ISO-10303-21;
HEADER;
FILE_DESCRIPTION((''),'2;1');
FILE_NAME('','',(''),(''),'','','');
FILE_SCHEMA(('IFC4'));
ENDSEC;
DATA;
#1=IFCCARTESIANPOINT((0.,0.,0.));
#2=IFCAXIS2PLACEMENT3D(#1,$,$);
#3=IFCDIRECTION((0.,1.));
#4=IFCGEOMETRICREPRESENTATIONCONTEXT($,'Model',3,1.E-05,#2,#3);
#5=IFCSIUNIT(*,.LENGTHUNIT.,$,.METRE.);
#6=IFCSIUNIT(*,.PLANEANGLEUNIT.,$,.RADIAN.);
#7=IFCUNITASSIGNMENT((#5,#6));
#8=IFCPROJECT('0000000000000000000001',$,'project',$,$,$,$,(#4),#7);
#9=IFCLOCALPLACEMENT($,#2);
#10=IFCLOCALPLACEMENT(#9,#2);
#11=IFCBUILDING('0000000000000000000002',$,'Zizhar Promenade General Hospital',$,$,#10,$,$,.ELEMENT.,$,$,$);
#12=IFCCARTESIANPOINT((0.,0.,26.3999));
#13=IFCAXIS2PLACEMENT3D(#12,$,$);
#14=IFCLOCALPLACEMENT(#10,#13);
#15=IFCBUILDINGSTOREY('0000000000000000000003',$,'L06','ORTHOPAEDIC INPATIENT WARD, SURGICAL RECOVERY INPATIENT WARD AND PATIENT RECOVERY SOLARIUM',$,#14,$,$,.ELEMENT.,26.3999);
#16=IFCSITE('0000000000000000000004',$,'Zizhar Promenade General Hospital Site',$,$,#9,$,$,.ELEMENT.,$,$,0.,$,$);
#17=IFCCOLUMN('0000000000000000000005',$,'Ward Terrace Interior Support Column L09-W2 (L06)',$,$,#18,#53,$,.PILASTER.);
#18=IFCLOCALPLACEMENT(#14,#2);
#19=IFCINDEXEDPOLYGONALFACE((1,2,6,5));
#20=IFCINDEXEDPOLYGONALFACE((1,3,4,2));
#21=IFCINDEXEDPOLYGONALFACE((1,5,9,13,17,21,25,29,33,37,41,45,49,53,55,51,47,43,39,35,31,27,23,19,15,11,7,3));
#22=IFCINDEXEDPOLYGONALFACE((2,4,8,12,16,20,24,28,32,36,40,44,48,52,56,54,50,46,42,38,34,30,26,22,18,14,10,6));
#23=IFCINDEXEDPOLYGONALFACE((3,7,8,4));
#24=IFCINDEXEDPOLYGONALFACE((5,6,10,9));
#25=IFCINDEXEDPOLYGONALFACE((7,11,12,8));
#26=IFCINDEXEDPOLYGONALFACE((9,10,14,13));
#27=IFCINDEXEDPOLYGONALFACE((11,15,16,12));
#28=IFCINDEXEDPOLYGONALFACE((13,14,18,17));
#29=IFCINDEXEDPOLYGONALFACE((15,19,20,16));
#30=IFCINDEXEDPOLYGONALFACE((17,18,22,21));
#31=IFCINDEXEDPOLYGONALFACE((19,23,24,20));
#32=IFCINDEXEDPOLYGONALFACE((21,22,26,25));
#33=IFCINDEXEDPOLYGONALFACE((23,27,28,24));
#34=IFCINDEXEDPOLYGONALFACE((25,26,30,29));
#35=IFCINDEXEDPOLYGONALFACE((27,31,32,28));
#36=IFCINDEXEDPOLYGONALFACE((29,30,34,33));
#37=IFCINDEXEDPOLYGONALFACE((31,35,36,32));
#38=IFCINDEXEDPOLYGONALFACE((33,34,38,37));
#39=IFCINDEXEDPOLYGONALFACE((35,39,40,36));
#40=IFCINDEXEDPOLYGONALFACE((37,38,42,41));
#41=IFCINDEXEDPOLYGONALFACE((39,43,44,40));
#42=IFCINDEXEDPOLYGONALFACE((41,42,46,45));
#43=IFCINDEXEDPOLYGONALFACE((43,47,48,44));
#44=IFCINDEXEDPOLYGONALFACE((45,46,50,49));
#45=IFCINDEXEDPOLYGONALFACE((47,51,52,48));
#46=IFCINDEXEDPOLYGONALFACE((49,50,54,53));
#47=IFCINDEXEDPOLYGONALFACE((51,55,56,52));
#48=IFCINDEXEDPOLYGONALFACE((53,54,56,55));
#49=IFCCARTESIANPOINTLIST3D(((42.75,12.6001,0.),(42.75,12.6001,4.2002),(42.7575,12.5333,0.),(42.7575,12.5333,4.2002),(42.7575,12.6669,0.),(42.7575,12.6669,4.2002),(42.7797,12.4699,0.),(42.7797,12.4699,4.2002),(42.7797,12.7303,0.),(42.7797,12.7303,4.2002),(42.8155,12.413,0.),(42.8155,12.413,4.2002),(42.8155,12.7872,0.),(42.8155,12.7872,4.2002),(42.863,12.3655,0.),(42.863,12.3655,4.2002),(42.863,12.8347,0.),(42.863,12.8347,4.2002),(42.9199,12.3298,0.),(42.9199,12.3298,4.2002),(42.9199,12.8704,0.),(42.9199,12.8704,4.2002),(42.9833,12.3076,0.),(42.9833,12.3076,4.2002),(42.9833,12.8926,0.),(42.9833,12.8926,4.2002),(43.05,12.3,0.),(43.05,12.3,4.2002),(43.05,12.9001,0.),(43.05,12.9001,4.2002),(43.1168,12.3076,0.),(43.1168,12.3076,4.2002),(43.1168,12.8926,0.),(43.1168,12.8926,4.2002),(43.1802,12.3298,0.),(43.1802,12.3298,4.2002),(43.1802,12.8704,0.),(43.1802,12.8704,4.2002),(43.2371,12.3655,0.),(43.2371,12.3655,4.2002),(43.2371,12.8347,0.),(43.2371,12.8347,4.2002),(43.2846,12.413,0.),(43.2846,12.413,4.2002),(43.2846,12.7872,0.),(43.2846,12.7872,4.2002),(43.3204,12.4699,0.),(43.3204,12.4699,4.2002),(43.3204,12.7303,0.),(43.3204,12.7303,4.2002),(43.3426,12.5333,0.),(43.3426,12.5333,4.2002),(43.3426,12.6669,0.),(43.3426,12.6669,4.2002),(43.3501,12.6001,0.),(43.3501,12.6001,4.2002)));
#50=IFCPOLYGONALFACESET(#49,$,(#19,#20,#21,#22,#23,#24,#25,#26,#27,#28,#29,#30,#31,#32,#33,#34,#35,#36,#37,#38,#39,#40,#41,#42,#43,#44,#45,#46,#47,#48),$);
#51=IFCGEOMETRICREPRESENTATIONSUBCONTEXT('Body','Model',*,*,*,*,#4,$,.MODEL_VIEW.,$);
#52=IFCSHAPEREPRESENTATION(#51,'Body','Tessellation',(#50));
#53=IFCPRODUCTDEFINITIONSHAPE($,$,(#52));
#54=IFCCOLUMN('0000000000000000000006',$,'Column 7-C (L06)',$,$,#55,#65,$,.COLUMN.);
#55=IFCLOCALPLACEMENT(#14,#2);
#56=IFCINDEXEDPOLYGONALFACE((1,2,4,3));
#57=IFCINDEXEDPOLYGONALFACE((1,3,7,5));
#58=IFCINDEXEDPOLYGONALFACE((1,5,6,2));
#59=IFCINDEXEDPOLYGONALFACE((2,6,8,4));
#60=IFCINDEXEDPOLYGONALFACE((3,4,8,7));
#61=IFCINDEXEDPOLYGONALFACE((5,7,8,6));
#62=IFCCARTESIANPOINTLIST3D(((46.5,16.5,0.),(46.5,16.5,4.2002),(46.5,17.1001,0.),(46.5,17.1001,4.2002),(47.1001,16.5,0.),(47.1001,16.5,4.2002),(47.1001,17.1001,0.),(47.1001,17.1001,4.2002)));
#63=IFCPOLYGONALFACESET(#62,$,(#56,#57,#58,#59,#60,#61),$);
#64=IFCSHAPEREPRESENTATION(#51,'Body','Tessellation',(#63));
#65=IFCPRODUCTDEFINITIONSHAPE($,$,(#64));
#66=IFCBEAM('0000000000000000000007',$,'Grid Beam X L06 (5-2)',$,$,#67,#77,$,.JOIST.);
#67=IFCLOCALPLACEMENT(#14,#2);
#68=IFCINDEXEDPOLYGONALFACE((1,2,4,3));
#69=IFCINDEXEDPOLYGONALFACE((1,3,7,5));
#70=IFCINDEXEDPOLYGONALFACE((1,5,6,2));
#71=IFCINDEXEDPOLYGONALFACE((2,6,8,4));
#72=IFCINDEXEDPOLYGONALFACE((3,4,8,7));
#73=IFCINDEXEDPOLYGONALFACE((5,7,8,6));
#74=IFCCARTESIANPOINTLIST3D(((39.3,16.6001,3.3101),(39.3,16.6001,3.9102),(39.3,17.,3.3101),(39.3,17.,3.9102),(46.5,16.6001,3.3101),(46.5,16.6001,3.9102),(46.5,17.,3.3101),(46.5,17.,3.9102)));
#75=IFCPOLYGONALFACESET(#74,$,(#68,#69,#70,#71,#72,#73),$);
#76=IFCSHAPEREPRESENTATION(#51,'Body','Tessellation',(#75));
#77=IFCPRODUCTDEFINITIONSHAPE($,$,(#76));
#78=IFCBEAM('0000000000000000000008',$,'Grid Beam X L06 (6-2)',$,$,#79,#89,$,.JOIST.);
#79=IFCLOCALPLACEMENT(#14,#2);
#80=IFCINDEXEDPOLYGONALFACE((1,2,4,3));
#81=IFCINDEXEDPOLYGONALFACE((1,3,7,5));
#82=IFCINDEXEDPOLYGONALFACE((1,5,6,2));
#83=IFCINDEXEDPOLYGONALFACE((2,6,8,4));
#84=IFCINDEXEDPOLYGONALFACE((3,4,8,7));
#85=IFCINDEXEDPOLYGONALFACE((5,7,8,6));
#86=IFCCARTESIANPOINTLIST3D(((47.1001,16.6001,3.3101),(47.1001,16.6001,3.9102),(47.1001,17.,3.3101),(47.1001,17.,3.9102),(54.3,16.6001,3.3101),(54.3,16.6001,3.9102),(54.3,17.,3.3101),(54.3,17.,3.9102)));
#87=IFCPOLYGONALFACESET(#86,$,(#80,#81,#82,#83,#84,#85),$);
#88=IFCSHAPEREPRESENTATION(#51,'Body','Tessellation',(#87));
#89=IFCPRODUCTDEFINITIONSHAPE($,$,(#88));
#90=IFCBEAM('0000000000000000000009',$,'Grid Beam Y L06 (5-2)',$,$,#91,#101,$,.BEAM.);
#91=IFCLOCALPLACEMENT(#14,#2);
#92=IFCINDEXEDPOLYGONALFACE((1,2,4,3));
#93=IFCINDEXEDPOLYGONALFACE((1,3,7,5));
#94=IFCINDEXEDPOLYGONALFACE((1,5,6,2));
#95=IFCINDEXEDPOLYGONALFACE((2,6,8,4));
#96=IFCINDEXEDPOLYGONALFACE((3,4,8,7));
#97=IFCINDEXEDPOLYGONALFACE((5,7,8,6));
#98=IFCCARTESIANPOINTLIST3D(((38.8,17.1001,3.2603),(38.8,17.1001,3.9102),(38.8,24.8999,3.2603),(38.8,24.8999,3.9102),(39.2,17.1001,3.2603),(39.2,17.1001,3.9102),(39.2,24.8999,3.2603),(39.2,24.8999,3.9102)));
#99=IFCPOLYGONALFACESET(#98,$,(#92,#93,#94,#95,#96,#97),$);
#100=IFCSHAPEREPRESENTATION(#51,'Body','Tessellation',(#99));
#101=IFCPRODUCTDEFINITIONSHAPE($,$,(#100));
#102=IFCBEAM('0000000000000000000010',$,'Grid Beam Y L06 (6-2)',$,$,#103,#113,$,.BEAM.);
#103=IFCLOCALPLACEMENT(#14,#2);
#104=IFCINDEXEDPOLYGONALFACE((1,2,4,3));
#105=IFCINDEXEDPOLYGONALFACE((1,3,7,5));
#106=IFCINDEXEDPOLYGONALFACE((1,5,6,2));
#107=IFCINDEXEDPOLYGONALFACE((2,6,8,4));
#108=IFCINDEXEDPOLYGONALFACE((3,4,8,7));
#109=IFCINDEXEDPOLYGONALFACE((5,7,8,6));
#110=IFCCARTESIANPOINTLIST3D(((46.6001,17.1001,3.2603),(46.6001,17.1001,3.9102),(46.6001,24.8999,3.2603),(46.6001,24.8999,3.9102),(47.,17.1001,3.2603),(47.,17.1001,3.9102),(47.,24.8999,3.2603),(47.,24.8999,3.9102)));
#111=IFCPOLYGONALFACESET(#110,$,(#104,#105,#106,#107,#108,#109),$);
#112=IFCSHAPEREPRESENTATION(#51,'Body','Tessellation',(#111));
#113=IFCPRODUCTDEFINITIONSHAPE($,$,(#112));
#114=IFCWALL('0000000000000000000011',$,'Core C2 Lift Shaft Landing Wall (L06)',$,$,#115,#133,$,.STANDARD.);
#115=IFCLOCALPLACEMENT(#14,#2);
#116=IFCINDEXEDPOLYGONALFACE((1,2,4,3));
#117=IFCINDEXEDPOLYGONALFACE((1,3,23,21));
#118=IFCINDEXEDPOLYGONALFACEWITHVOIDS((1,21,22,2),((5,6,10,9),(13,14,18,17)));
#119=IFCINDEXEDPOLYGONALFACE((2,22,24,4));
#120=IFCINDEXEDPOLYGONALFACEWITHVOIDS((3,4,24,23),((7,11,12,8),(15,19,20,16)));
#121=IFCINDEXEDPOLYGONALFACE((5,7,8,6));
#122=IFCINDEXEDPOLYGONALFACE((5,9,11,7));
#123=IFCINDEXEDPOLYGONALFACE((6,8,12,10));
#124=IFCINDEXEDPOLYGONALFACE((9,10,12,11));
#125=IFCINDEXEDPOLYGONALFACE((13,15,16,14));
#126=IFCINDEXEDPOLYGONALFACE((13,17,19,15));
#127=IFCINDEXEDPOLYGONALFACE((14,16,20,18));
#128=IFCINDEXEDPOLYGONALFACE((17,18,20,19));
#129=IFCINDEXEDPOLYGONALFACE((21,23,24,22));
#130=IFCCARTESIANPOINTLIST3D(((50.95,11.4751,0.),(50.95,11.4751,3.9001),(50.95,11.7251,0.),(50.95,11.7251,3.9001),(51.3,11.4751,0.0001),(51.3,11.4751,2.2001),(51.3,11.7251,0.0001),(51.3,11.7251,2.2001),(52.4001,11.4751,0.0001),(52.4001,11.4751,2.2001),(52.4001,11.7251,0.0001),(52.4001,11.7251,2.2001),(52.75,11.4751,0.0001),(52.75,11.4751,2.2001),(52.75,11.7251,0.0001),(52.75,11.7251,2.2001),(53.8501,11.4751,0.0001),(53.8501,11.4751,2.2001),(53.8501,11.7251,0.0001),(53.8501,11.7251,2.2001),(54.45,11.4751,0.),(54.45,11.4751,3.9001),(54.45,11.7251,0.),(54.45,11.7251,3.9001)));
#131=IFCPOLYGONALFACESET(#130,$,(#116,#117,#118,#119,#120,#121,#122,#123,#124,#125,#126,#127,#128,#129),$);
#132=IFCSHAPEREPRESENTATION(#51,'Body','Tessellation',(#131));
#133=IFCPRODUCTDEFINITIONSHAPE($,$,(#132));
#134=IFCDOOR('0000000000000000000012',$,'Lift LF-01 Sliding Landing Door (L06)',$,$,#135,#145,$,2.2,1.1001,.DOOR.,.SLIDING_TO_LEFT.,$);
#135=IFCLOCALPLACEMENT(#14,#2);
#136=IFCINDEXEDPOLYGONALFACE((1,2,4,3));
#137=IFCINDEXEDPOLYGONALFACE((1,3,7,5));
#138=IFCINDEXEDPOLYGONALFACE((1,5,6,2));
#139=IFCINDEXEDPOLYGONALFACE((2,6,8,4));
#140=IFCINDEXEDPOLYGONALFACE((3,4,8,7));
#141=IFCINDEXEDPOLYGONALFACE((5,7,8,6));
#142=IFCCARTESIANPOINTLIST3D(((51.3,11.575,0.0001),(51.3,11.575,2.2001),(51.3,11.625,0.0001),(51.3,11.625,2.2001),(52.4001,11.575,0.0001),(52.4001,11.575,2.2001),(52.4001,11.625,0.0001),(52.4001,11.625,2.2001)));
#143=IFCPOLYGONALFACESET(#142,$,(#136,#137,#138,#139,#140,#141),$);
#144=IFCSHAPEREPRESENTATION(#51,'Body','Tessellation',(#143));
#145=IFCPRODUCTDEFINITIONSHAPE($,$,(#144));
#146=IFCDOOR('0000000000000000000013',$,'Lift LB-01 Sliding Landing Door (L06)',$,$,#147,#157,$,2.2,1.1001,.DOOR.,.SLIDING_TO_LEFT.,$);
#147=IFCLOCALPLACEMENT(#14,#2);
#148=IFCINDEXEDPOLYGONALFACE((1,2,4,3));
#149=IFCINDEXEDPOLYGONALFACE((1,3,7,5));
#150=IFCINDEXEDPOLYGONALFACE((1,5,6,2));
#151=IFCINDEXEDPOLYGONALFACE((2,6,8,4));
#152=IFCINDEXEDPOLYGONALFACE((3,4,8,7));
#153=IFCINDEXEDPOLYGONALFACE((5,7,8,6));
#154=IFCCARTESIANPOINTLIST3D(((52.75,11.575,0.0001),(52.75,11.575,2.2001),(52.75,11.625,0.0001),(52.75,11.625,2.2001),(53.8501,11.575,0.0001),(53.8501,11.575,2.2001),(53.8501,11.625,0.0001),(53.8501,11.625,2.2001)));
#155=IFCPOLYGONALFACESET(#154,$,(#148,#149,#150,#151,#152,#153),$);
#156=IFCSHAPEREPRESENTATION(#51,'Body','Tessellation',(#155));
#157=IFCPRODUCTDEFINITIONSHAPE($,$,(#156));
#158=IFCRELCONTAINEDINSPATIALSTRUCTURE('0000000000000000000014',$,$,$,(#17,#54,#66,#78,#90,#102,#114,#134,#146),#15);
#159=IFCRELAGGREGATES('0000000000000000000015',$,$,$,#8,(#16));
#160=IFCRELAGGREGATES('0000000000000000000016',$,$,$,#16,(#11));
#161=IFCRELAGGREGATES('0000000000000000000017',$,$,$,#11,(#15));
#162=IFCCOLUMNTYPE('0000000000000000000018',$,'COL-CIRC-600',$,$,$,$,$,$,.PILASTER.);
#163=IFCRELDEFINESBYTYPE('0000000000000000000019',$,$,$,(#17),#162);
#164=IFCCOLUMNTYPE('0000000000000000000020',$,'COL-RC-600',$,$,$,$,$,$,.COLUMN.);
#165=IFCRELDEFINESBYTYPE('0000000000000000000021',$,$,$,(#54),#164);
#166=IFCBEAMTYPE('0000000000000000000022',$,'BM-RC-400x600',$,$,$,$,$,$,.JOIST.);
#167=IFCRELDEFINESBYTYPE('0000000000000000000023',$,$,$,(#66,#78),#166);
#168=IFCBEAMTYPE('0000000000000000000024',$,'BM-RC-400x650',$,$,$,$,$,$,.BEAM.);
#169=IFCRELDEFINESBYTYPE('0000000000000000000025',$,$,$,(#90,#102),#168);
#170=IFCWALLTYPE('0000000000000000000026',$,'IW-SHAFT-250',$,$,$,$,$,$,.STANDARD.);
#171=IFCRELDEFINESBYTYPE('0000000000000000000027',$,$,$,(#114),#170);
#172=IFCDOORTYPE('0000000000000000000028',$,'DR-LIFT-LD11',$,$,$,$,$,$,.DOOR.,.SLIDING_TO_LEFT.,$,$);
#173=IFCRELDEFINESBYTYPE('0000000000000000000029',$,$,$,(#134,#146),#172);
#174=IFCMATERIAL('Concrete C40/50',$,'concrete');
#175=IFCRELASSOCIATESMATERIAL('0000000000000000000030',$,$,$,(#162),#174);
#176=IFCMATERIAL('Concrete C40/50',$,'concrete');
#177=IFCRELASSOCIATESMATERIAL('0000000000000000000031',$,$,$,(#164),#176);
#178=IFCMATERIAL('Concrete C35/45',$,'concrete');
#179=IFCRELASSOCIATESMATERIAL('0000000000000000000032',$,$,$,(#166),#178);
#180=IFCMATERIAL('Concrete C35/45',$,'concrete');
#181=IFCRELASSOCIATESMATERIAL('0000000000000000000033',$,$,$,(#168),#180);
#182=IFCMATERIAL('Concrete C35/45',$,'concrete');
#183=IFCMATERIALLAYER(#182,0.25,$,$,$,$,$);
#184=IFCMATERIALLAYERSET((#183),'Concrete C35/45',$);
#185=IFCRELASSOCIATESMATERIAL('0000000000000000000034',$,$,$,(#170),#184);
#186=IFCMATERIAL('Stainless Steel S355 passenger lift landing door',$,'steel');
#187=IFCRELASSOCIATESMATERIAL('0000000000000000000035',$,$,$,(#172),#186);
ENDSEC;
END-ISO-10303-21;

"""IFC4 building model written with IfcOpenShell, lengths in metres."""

from ifc_helpers import new_model, si_unit, direction, frame, frame_2d, origin, origin_2d, place, context, subcontext, project, spatial, rectangle, circle, extrude, material, layer, layer_set, material_profile, profile_set, type_object, element, fill, save


model = new_model("IFC4")

# Units and contexts
model_context = context("Model", 3, precision=1e-05, world=origin(), true_north=direction((0.0, 1.0)))
body_context = subcontext(model_context, "Body", "Model", "MODEL_VIEW")
ifc_project = project(units=[si_unit("LENGTHUNIT", "METRE"), si_unit("PLANEANGLEUNIT", "RADIAN")], contexts=[model_context])

# Site, building, storey
site_placement = place(None, origin())
site = spatial("IfcSite", under=ifc_project, at=site_placement, Name="Zizhar Promenade General Hospital Site", CompositionType="ELEMENT", RefElevation=0.0)
building_placement = place(site_placement, origin())
building = spatial("IfcBuilding", under=site, at=building_placement, Name="Zizhar Promenade General Hospital", CompositionType="ELEMENT")
storey_placement = place(building_placement, frame((0.0, 0.0, 26.3999)))
storey = spatial("IfcBuildingStorey", under=building, at=storey_placement, Name="L06", Description="ORTHOPAEDIC INPATIENT WARD, SURGICAL RECOVERY INPATIENT WARD AND PATIENT RECOVERY SOLARIUM", CompositionType="ELEMENT", Elevation=26.3999)

# Columns
ifc_material_1 = material(Name="Concrete C40/50", Category="concrete")
ifc_material_profile_1 = material_profile(ifc_material_1, circle(Radius=0.3, at=origin_2d()))
ifc_profile_set_1 = profile_set([ifc_material_profile_1], Name="Concrete C40/50")
column_type_1 = type_object("IfcColumnType", Name="COL-CIRC-600", PredefinedType="PILASTER", material=ifc_profile_set_1)
column_1_placement = place(storey_placement, frame((43.05, 12.6001, 0.0), z_axis=(0.0, 0.0, 1.0), x_axis=(1.0, 0.0, 0.0)))
element("IfcColumn", 1, at=column_1_placement, inside=storey, type_object=column_type_1, Name="Ward Terrace Interior Support Column L09-W2 (L06)", PredefinedType="PILASTER", context=body_context, shape_type="SweptSolid", body=[
    extrude(circle(Radius=0.3, at=origin_2d()), origin(), (0.0, 0.0, 1.0), 4.2002),
])
ifc_material_2 = material(Name="Concrete C40/50", Category="concrete")
ifc_material_profile_2 = material_profile(ifc_material_2, rectangle(XDim=0.6001, YDim=0.6001, at=origin_2d()))
ifc_profile_set_2 = profile_set([ifc_material_profile_2], Name="Concrete C40/50")
column_type_2 = type_object("IfcColumnType", Name="COL-RC-600", PredefinedType="COLUMN", material=ifc_profile_set_2)
column_2_placement = place(storey_placement, frame((46.8, 16.8, 0.0), z_axis=(0.0, 0.0, 1.0), x_axis=(1.0, 0.0, 0.0)))
element("IfcColumn", 2, at=column_2_placement, inside=storey, type_object=column_type_2, Name="Column 7-C (L06)", PredefinedType="COLUMN", context=body_context, shape_type="SweptSolid", body=[
    extrude(rectangle(XDim=0.6001, YDim=0.6001, at=origin_2d()), origin(), (0.0, 0.0, 1.0), 4.2002),
])

# Beams
ifc_material_3 = material(Name="Concrete C35/45", Category="concrete")
ifc_material_profile_3 = material_profile(ifc_material_3, rectangle(XDim=0.3999, YDim=0.6001, at=origin_2d()))
ifc_profile_set_3 = profile_set([ifc_material_profile_3], Name="Concrete C35/45")
beam_type_1 = type_object("IfcBeamType", Name="BM-RC-400x600", PredefinedType="JOIST", material=ifc_profile_set_3)
for number, where, z_axis, x_axis, name in (
    (3, (39.3, 16.8, 3.6101), (1.0, 0.0, 0.0), (0.0, 1.0, 0.0), "Grid Beam X L06 (5-2)"),
    (4, (47.1001, 16.8, 3.6101), (1.0, 0.0, 0.0), (0.0, 1.0, 0.0), "Grid Beam X L06 (6-2)"),
):
    element("IfcBeam", number, at=place(storey_placement, frame(where, z_axis=z_axis, x_axis=x_axis)), inside=storey, type_object=beam_type_1, Name=name, PredefinedType="JOIST", context=body_context, shape_type="SweptSolid", body=[
        extrude(rectangle(XDim=0.3999, YDim=0.6001, at=origin_2d()), origin(), (0.0, 0.0, 1.0), 7.2),
    ])
ifc_material_4 = material(Name="Concrete C35/45", Category="concrete")
ifc_material_profile_4 = material_profile(ifc_material_4, rectangle(XDim=0.3999, YDim=0.6499, at=origin_2d()))
ifc_profile_set_4 = profile_set([ifc_material_profile_4], Name="Concrete C35/45")
beam_type_2 = type_object("IfcBeamType", Name="BM-RC-400x650", PredefinedType="BEAM", material=ifc_profile_set_4)
for number, where, z_axis, x_axis, name in (
    (5, (39.0, 17.1001, 3.5852), (0.0, 1.0, 0.0), (-1.0, 0.0, 0.0), "Grid Beam Y L06 (5-2)"),
    (6, (46.8, 17.1001, 3.5852), (0.0, 1.0, 0.0), (-1.0, 0.0, 0.0), "Grid Beam Y L06 (6-2)"),
):
    element("IfcBeam", number, at=place(storey_placement, frame(where, z_axis=z_axis, x_axis=x_axis)), inside=storey, type_object=beam_type_2, Name=name, PredefinedType="BEAM", context=body_context, shape_type="SweptSolid", body=[
        extrude(rectangle(XDim=0.3999, YDim=0.6499, at=origin_2d()), origin(), (0.0, 0.0, 1.0), 7.7998),
    ])

# Wall, openings, doors
ifc_material_5 = material(Name="Concrete C35/45", Category="concrete")
ifc_layer_1 = layer(ifc_material_5, 0.25)
ifc_layer_set_1 = layer_set([ifc_layer_1], Name="Concrete C35/45")
wall_type_1 = type_object("IfcWallType", Name="IW-SHAFT-250", PredefinedType="STANDARD", material=ifc_layer_set_1)
wall_1_placement = place(storey_placement, frame((50.95, 11.6001, 0.0), z_axis=(0.0, 0.0, 1.0), x_axis=(1.0, 0.0, 0.0)))
wall_1 = element("IfcWall", 7, at=wall_1_placement, inside=storey, type_object=wall_type_1, Name="Core C2 Lift Shaft Landing Wall (L06)", PredefinedType="STANDARD", context=body_context, shape_type="SweptSolid", body=[
    extrude(rectangle(XDim=3.5, YDim=0.25, at=frame_2d((1.75, 0.0))), origin(), (0.0, 0.0, 1.0), 3.9001),
])
opening_1_placement = place(wall_1_placement, frame((0.3501, 0.0, 0.0)))
opening_1 = element("IfcOpeningElement", 8, at=opening_1_placement, cuts=wall_1, PredefinedType="OPENING", context=body_context, shape_type="SweptSolid", body=[
    extrude(rectangle(XDim=1.1001, YDim=2.2, at=frame_2d((0.55, 1.1001))), frame((0.0, 0.135, 0.0), z_axis=(0.0, -1.0, 0.0), x_axis=(1.0, 0.0, 0.0)), (0.0, 0.0, 1.0), 0.27),
])
opening_2_placement = place(wall_1_placement, frame((1.8, 0.0, 0.0)))
opening_2 = element("IfcOpeningElement", 9, at=opening_2_placement, cuts=wall_1, PredefinedType="OPENING", context=body_context, shape_type="SweptSolid", body=[
    extrude(rectangle(XDim=1.1001, YDim=2.2, at=frame_2d((0.55, 1.1001))), frame((0.0, 0.135, 0.0), z_axis=(0.0, -1.0, 0.0), x_axis=(1.0, 0.0, 0.0)), (0.0, 0.0, 1.0), 0.27),
])
ifc_material_6 = material(Name="Stainless Steel S355 passenger lift landing door", Category="steel")
door_type_1 = type_object("IfcDoorType", Name="DR-LIFT-LD11", OperationType="SLIDING_TO_LEFT", PredefinedType="DOOR", material=ifc_material_6)
door_1_placement = place(opening_1_placement, origin())
door_1 = element("IfcDoor", 10, at=door_1_placement, inside=storey, type_object=door_type_1, Name="Lift LF-01 Sliding Landing Door (L06)", OperationType="SLIDING_TO_LEFT", OverallHeight=2.2, OverallWidth=1.1001, PredefinedType="DOOR", context=body_context, shape_type="SweptSolid", body=[
    extrude(rectangle(XDim=1.1001, YDim=2.2, at=frame_2d((0.55, 1.1001))), frame((0.0, 0.0249, 0.0), z_axis=(0.0, -1.0, 0.0), x_axis=(1.0, 0.0, 0.0)), (0.0, 0.0, 1.0), 0.05),
])
fill(opening_1, door_1)
door_2_placement = place(opening_2_placement, origin())
door_2 = element("IfcDoor", 11, at=door_2_placement, inside=storey, type_object=door_type_1, Name="Lift LB-01 Sliding Landing Door (L06)", OperationType="SLIDING_TO_LEFT", OverallHeight=2.2, OverallWidth=1.1001, PredefinedType="DOOR", context=body_context, shape_type="SweptSolid", body=[
    extrude(rectangle(XDim=1.1001, YDim=2.2, at=frame_2d((0.55, 1.1001))), frame((0.0, 0.0249, 0.0), z_axis=(0.0, -1.0, 0.0), x_axis=(1.0, 0.0, 0.0)), (0.0, 0.0, 1.0), 0.05),
])
fill(opening_2, door_2)

save(model, "model.ifc")
